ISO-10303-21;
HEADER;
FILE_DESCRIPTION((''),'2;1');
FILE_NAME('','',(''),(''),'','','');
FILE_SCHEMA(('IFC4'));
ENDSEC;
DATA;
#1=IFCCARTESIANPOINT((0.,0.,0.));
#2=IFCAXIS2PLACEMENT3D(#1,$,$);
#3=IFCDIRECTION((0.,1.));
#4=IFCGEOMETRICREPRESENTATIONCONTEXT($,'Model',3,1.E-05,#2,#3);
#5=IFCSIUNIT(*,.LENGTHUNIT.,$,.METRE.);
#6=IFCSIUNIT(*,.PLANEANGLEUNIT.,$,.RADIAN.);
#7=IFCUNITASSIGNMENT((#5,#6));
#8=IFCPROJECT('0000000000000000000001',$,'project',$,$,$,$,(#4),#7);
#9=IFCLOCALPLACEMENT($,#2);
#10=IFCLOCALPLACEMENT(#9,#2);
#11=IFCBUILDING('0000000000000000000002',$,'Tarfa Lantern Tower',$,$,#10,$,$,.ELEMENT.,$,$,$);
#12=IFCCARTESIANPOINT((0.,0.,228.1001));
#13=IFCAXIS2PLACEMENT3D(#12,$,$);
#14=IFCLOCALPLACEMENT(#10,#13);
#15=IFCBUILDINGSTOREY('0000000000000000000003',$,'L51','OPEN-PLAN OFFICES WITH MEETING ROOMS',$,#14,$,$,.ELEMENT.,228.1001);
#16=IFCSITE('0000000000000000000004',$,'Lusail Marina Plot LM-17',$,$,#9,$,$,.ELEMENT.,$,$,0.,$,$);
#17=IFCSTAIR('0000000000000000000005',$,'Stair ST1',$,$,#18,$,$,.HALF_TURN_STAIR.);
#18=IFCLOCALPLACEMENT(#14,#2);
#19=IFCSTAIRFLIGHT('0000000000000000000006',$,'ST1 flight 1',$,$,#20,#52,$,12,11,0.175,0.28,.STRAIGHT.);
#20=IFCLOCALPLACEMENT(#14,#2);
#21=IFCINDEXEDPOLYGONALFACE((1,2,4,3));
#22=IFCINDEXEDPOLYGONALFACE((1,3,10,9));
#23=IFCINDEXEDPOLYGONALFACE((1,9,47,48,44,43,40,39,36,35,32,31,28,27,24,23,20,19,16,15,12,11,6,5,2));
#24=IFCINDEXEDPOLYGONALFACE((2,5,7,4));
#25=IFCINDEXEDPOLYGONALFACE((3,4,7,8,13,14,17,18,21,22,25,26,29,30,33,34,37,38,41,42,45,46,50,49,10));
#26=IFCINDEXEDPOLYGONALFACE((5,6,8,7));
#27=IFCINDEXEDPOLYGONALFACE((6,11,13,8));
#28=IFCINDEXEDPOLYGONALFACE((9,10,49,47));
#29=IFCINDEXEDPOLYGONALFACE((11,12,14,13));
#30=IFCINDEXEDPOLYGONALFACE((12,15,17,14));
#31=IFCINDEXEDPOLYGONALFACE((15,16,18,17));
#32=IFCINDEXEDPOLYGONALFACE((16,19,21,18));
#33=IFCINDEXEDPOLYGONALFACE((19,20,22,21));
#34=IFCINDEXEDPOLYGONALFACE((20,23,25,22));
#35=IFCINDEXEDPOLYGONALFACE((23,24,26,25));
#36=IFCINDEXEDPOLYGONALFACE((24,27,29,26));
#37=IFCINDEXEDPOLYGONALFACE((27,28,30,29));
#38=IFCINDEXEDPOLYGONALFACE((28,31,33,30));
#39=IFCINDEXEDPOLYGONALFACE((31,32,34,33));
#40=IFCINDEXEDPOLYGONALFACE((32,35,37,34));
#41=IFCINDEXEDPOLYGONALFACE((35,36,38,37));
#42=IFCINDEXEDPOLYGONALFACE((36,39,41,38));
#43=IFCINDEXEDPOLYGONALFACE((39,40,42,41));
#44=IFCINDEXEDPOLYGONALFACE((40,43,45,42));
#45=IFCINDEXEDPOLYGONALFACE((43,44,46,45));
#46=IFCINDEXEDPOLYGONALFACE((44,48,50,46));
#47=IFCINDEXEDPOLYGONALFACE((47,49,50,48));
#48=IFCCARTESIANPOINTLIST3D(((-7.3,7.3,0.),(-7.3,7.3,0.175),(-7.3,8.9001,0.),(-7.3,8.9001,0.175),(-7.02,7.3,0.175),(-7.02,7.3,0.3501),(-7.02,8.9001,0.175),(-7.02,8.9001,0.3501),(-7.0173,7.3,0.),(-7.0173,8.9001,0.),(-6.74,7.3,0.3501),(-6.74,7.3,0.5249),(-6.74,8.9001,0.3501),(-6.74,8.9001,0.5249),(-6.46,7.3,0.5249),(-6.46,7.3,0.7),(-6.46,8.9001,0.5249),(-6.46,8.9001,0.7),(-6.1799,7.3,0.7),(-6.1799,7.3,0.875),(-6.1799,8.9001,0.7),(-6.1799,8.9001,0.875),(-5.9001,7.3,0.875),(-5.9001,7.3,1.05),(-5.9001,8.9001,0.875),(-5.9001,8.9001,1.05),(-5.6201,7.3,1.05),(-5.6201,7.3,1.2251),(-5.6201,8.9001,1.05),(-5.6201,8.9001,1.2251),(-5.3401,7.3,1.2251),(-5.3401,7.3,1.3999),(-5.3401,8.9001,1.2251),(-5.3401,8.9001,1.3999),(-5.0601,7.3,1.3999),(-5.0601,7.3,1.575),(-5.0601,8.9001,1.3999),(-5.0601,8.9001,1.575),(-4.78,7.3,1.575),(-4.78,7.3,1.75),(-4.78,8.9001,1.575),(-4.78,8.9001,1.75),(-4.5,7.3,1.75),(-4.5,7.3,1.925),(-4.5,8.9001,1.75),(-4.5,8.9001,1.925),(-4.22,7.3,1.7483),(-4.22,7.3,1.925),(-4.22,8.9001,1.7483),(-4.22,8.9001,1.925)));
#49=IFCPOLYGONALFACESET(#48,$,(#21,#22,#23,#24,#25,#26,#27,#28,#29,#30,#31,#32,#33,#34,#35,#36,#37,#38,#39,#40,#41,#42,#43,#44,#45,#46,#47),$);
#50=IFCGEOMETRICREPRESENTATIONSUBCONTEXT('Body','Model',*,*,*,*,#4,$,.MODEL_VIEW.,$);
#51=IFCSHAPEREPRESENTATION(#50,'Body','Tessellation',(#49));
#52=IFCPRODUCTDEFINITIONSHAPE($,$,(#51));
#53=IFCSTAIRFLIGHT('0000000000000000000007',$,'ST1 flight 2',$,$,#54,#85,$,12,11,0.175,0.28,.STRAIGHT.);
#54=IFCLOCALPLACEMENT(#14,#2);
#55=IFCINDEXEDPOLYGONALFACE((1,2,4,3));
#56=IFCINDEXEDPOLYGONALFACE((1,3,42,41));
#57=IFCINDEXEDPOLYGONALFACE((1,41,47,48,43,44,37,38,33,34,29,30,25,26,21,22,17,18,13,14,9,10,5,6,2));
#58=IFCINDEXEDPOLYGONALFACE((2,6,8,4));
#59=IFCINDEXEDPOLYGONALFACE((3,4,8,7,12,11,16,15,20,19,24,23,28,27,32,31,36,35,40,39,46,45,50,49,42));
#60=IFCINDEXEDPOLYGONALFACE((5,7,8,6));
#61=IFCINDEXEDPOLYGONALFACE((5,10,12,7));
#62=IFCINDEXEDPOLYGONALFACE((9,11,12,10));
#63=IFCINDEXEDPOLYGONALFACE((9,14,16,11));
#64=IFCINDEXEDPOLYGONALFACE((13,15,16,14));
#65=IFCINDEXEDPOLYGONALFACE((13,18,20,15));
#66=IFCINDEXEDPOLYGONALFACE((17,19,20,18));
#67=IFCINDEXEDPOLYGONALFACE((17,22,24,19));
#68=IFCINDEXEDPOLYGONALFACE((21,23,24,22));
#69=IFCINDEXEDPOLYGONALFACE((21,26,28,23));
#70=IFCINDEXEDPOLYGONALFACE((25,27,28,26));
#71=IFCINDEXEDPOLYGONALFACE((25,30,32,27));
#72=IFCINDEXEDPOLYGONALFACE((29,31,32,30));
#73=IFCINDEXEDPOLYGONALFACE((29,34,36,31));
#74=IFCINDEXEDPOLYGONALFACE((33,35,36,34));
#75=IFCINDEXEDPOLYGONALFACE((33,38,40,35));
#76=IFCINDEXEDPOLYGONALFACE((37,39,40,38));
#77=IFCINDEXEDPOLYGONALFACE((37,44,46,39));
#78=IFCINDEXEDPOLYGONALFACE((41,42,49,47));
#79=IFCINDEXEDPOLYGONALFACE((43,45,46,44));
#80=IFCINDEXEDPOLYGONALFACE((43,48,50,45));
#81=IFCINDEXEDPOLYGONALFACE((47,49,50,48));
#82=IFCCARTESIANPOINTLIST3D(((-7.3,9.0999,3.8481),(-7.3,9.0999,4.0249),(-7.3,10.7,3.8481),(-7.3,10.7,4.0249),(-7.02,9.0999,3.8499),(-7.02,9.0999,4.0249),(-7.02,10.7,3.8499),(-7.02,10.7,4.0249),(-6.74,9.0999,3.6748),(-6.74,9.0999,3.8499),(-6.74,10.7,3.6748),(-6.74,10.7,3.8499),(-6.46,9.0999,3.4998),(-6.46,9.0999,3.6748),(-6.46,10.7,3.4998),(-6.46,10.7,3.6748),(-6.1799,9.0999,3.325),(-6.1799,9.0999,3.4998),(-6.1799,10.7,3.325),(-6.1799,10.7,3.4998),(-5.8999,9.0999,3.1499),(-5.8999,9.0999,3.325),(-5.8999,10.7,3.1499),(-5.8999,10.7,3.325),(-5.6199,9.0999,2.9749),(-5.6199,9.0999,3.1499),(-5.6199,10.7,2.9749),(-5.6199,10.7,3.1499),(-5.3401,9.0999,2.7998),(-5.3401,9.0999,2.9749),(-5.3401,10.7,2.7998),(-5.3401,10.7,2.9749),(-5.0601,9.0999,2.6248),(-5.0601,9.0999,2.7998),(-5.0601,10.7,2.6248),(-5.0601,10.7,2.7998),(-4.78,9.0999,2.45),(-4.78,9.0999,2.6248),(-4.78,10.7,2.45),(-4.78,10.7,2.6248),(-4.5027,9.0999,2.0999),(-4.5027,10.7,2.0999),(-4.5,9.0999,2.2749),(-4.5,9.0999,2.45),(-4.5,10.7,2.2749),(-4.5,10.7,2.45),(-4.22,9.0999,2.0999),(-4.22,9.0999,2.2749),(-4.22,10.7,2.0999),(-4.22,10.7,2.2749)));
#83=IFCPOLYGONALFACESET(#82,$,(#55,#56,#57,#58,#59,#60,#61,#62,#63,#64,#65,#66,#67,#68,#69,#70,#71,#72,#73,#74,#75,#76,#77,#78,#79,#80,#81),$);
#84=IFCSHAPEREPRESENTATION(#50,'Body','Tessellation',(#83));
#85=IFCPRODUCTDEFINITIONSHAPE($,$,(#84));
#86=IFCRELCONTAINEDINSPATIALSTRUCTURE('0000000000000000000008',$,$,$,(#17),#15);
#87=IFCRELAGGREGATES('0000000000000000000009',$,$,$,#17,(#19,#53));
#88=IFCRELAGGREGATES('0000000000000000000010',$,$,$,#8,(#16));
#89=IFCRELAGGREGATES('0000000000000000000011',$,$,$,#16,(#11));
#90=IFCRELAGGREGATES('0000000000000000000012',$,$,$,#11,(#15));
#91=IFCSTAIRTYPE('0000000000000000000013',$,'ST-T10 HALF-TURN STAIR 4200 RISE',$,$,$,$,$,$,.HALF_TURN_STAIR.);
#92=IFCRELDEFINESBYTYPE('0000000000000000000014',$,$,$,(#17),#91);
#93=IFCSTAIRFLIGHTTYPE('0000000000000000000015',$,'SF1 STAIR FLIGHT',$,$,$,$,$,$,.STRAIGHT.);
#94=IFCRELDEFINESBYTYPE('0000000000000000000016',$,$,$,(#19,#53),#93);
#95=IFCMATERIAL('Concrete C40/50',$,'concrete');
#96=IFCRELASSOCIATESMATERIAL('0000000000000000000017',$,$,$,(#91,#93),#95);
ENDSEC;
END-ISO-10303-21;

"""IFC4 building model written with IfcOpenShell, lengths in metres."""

from ifc_helpers import new_model, si_unit, direction, frame, origin, place, context, subcontext, project, spatial, polyline, outline, extrude, material, type_object, element, aggregate, save


model = new_model("IFC4")

# Units and contexts
model_context = context("Model", 3, precision=1e-05, world=origin(), true_north=direction((0.0, 1.0)))
body_context = subcontext(model_context, "Body", "Model", "MODEL_VIEW")
ifc_project = project(units=[si_unit("LENGTHUNIT", "METRE"), si_unit("PLANEANGLEUNIT", "RADIAN")], contexts=[model_context])

# Site, building, storey
site_placement = place(None, origin())
site = spatial("IfcSite", under=ifc_project, at=site_placement, Name="Lusail Marina Plot LM-17", CompositionType="ELEMENT", RefElevation=0.0)
building_placement = place(site_placement, origin())
building = spatial("IfcBuilding", under=site, at=building_placement, Name="Tarfa Lantern Tower", CompositionType="ELEMENT")
storey_placement = place(building_placement, frame((0.0, 0.0, 228.1001)))
storey = spatial("IfcBuildingStorey", under=building, at=storey_placement, Name="L51", Description="OPEN-PLAN OFFICES WITH MEETING ROOMS", CompositionType="ELEMENT", Elevation=228.1001)

# Stair, stair flights
ifc_material_1 = material(Name="Concrete C40/50", Category="concrete")
stair_type = type_object("IfcStairType", Name="ST-T10 HALF-TURN STAIR 4200 RISE", PredefinedType="HALF_TURN_STAIR", material=ifc_material_1)
stair_placement = place(storey_placement, origin())
stair = element("IfcStair", 1, at=stair_placement, inside=storey, type_object=stair_type, Name="Stair ST1", PredefinedType="HALF_TURN_STAIR")
stair_flight_type = type_object("IfcStairFlightType", Name="SF1 STAIR FLIGHT", PredefinedType="STRAIGHT", material=ifc_material_1)
stair_flight_1_placement = place(storey_placement, frame((-7.3, 8.1001, 0.0), z_axis=(0.0, 0.0, 1.0), x_axis=(1.0, 0.0, 0.0)))
stair_flight_1 = element("IfcStairFlight", 2, at=stair_flight_1_placement, type_object=stair_flight_type, Name="ST1 flight 1", NumberOfRisers=12, NumberOfTreads=11, PredefinedType="STRAIGHT", RiserHeight=0.175, TreadLength=0.28, context=body_context, shape_type="SweptSolid", body=[
    extrude(outline(polyline([(0.0, 0.0), (0.0, 0.175), (0.28, 0.175), (0.28, 0.3501), (0.5601, 0.3501), (0.5601, 0.5249), (0.8401, 0.5249), (0.8401, 0.7), (1.1201, 0.7), (1.1201, 0.875), (1.3999, 0.875), (1.3999, 1.05), (1.6799, 1.05), (1.6799, 1.2251), (1.96, 1.2251), (1.96, 1.3999), (2.24, 1.3999), (2.24, 1.575), (2.52, 1.575), (2.52, 1.75), (2.8, 1.75), (2.8, 1.925), (3.0801, 1.925), (3.0801, 2.1001), (3.0801, 1.7483), (0.2827, 0.0), (0.0, 0.0)])), frame((0.0, 0.8, 0.0), z_axis=(0.0, -1.0, 0.0), x_axis=(1.0, 0.0, 0.0)), (0.0, 0.0, 1.0), 1.6001),
])
stair_flight_2_placement = place(storey_placement, frame((-4.22, 9.8999, 2.0999), z_axis=(0.0, 0.0, 1.0), x_axis=(-1.0, 0.0, 0.0)))
stair_flight_2 = element("IfcStairFlight", 3, at=stair_flight_2_placement, type_object=stair_flight_type, Name="ST1 flight 2", NumberOfRisers=12, NumberOfTreads=11, PredefinedType="STRAIGHT", RiserHeight=0.175, TreadLength=0.28, context=body_context, shape_type="SweptSolid", body=[
    extrude(outline(polyline([(0.0, 0.0), (0.0, 0.175), (0.28, 0.175), (0.28, 0.3501), (0.5601, 0.3501), (0.5601, 0.5249), (0.8401, 0.5249), (0.8401, 0.7), (1.1201, 0.7), (1.1201, 0.875), (1.3999, 0.875), (1.3999, 1.05), (1.6799, 1.05), (1.6799, 1.2251), (1.96, 1.2251), (1.96, 1.3999), (2.24, 1.3999), (2.24, 1.575), (2.52, 1.575), (2.52, 1.75), (2.8, 1.75), (2.8, 1.925), (3.0801, 1.925), (3.0801, 2.1001), (3.0801, 1.7483), (0.2827, 0.0), (0.0, 0.0)])), frame((0.0, 0.8, 0.0), z_axis=(0.0, -1.0, 0.0), x_axis=(1.0, 0.0, 0.0)), (0.0, 0.0, 1.0), 1.6001),
])
aggregate(stair, [stair_flight_1, stair_flight_2])

save(model, "model.ifc")
